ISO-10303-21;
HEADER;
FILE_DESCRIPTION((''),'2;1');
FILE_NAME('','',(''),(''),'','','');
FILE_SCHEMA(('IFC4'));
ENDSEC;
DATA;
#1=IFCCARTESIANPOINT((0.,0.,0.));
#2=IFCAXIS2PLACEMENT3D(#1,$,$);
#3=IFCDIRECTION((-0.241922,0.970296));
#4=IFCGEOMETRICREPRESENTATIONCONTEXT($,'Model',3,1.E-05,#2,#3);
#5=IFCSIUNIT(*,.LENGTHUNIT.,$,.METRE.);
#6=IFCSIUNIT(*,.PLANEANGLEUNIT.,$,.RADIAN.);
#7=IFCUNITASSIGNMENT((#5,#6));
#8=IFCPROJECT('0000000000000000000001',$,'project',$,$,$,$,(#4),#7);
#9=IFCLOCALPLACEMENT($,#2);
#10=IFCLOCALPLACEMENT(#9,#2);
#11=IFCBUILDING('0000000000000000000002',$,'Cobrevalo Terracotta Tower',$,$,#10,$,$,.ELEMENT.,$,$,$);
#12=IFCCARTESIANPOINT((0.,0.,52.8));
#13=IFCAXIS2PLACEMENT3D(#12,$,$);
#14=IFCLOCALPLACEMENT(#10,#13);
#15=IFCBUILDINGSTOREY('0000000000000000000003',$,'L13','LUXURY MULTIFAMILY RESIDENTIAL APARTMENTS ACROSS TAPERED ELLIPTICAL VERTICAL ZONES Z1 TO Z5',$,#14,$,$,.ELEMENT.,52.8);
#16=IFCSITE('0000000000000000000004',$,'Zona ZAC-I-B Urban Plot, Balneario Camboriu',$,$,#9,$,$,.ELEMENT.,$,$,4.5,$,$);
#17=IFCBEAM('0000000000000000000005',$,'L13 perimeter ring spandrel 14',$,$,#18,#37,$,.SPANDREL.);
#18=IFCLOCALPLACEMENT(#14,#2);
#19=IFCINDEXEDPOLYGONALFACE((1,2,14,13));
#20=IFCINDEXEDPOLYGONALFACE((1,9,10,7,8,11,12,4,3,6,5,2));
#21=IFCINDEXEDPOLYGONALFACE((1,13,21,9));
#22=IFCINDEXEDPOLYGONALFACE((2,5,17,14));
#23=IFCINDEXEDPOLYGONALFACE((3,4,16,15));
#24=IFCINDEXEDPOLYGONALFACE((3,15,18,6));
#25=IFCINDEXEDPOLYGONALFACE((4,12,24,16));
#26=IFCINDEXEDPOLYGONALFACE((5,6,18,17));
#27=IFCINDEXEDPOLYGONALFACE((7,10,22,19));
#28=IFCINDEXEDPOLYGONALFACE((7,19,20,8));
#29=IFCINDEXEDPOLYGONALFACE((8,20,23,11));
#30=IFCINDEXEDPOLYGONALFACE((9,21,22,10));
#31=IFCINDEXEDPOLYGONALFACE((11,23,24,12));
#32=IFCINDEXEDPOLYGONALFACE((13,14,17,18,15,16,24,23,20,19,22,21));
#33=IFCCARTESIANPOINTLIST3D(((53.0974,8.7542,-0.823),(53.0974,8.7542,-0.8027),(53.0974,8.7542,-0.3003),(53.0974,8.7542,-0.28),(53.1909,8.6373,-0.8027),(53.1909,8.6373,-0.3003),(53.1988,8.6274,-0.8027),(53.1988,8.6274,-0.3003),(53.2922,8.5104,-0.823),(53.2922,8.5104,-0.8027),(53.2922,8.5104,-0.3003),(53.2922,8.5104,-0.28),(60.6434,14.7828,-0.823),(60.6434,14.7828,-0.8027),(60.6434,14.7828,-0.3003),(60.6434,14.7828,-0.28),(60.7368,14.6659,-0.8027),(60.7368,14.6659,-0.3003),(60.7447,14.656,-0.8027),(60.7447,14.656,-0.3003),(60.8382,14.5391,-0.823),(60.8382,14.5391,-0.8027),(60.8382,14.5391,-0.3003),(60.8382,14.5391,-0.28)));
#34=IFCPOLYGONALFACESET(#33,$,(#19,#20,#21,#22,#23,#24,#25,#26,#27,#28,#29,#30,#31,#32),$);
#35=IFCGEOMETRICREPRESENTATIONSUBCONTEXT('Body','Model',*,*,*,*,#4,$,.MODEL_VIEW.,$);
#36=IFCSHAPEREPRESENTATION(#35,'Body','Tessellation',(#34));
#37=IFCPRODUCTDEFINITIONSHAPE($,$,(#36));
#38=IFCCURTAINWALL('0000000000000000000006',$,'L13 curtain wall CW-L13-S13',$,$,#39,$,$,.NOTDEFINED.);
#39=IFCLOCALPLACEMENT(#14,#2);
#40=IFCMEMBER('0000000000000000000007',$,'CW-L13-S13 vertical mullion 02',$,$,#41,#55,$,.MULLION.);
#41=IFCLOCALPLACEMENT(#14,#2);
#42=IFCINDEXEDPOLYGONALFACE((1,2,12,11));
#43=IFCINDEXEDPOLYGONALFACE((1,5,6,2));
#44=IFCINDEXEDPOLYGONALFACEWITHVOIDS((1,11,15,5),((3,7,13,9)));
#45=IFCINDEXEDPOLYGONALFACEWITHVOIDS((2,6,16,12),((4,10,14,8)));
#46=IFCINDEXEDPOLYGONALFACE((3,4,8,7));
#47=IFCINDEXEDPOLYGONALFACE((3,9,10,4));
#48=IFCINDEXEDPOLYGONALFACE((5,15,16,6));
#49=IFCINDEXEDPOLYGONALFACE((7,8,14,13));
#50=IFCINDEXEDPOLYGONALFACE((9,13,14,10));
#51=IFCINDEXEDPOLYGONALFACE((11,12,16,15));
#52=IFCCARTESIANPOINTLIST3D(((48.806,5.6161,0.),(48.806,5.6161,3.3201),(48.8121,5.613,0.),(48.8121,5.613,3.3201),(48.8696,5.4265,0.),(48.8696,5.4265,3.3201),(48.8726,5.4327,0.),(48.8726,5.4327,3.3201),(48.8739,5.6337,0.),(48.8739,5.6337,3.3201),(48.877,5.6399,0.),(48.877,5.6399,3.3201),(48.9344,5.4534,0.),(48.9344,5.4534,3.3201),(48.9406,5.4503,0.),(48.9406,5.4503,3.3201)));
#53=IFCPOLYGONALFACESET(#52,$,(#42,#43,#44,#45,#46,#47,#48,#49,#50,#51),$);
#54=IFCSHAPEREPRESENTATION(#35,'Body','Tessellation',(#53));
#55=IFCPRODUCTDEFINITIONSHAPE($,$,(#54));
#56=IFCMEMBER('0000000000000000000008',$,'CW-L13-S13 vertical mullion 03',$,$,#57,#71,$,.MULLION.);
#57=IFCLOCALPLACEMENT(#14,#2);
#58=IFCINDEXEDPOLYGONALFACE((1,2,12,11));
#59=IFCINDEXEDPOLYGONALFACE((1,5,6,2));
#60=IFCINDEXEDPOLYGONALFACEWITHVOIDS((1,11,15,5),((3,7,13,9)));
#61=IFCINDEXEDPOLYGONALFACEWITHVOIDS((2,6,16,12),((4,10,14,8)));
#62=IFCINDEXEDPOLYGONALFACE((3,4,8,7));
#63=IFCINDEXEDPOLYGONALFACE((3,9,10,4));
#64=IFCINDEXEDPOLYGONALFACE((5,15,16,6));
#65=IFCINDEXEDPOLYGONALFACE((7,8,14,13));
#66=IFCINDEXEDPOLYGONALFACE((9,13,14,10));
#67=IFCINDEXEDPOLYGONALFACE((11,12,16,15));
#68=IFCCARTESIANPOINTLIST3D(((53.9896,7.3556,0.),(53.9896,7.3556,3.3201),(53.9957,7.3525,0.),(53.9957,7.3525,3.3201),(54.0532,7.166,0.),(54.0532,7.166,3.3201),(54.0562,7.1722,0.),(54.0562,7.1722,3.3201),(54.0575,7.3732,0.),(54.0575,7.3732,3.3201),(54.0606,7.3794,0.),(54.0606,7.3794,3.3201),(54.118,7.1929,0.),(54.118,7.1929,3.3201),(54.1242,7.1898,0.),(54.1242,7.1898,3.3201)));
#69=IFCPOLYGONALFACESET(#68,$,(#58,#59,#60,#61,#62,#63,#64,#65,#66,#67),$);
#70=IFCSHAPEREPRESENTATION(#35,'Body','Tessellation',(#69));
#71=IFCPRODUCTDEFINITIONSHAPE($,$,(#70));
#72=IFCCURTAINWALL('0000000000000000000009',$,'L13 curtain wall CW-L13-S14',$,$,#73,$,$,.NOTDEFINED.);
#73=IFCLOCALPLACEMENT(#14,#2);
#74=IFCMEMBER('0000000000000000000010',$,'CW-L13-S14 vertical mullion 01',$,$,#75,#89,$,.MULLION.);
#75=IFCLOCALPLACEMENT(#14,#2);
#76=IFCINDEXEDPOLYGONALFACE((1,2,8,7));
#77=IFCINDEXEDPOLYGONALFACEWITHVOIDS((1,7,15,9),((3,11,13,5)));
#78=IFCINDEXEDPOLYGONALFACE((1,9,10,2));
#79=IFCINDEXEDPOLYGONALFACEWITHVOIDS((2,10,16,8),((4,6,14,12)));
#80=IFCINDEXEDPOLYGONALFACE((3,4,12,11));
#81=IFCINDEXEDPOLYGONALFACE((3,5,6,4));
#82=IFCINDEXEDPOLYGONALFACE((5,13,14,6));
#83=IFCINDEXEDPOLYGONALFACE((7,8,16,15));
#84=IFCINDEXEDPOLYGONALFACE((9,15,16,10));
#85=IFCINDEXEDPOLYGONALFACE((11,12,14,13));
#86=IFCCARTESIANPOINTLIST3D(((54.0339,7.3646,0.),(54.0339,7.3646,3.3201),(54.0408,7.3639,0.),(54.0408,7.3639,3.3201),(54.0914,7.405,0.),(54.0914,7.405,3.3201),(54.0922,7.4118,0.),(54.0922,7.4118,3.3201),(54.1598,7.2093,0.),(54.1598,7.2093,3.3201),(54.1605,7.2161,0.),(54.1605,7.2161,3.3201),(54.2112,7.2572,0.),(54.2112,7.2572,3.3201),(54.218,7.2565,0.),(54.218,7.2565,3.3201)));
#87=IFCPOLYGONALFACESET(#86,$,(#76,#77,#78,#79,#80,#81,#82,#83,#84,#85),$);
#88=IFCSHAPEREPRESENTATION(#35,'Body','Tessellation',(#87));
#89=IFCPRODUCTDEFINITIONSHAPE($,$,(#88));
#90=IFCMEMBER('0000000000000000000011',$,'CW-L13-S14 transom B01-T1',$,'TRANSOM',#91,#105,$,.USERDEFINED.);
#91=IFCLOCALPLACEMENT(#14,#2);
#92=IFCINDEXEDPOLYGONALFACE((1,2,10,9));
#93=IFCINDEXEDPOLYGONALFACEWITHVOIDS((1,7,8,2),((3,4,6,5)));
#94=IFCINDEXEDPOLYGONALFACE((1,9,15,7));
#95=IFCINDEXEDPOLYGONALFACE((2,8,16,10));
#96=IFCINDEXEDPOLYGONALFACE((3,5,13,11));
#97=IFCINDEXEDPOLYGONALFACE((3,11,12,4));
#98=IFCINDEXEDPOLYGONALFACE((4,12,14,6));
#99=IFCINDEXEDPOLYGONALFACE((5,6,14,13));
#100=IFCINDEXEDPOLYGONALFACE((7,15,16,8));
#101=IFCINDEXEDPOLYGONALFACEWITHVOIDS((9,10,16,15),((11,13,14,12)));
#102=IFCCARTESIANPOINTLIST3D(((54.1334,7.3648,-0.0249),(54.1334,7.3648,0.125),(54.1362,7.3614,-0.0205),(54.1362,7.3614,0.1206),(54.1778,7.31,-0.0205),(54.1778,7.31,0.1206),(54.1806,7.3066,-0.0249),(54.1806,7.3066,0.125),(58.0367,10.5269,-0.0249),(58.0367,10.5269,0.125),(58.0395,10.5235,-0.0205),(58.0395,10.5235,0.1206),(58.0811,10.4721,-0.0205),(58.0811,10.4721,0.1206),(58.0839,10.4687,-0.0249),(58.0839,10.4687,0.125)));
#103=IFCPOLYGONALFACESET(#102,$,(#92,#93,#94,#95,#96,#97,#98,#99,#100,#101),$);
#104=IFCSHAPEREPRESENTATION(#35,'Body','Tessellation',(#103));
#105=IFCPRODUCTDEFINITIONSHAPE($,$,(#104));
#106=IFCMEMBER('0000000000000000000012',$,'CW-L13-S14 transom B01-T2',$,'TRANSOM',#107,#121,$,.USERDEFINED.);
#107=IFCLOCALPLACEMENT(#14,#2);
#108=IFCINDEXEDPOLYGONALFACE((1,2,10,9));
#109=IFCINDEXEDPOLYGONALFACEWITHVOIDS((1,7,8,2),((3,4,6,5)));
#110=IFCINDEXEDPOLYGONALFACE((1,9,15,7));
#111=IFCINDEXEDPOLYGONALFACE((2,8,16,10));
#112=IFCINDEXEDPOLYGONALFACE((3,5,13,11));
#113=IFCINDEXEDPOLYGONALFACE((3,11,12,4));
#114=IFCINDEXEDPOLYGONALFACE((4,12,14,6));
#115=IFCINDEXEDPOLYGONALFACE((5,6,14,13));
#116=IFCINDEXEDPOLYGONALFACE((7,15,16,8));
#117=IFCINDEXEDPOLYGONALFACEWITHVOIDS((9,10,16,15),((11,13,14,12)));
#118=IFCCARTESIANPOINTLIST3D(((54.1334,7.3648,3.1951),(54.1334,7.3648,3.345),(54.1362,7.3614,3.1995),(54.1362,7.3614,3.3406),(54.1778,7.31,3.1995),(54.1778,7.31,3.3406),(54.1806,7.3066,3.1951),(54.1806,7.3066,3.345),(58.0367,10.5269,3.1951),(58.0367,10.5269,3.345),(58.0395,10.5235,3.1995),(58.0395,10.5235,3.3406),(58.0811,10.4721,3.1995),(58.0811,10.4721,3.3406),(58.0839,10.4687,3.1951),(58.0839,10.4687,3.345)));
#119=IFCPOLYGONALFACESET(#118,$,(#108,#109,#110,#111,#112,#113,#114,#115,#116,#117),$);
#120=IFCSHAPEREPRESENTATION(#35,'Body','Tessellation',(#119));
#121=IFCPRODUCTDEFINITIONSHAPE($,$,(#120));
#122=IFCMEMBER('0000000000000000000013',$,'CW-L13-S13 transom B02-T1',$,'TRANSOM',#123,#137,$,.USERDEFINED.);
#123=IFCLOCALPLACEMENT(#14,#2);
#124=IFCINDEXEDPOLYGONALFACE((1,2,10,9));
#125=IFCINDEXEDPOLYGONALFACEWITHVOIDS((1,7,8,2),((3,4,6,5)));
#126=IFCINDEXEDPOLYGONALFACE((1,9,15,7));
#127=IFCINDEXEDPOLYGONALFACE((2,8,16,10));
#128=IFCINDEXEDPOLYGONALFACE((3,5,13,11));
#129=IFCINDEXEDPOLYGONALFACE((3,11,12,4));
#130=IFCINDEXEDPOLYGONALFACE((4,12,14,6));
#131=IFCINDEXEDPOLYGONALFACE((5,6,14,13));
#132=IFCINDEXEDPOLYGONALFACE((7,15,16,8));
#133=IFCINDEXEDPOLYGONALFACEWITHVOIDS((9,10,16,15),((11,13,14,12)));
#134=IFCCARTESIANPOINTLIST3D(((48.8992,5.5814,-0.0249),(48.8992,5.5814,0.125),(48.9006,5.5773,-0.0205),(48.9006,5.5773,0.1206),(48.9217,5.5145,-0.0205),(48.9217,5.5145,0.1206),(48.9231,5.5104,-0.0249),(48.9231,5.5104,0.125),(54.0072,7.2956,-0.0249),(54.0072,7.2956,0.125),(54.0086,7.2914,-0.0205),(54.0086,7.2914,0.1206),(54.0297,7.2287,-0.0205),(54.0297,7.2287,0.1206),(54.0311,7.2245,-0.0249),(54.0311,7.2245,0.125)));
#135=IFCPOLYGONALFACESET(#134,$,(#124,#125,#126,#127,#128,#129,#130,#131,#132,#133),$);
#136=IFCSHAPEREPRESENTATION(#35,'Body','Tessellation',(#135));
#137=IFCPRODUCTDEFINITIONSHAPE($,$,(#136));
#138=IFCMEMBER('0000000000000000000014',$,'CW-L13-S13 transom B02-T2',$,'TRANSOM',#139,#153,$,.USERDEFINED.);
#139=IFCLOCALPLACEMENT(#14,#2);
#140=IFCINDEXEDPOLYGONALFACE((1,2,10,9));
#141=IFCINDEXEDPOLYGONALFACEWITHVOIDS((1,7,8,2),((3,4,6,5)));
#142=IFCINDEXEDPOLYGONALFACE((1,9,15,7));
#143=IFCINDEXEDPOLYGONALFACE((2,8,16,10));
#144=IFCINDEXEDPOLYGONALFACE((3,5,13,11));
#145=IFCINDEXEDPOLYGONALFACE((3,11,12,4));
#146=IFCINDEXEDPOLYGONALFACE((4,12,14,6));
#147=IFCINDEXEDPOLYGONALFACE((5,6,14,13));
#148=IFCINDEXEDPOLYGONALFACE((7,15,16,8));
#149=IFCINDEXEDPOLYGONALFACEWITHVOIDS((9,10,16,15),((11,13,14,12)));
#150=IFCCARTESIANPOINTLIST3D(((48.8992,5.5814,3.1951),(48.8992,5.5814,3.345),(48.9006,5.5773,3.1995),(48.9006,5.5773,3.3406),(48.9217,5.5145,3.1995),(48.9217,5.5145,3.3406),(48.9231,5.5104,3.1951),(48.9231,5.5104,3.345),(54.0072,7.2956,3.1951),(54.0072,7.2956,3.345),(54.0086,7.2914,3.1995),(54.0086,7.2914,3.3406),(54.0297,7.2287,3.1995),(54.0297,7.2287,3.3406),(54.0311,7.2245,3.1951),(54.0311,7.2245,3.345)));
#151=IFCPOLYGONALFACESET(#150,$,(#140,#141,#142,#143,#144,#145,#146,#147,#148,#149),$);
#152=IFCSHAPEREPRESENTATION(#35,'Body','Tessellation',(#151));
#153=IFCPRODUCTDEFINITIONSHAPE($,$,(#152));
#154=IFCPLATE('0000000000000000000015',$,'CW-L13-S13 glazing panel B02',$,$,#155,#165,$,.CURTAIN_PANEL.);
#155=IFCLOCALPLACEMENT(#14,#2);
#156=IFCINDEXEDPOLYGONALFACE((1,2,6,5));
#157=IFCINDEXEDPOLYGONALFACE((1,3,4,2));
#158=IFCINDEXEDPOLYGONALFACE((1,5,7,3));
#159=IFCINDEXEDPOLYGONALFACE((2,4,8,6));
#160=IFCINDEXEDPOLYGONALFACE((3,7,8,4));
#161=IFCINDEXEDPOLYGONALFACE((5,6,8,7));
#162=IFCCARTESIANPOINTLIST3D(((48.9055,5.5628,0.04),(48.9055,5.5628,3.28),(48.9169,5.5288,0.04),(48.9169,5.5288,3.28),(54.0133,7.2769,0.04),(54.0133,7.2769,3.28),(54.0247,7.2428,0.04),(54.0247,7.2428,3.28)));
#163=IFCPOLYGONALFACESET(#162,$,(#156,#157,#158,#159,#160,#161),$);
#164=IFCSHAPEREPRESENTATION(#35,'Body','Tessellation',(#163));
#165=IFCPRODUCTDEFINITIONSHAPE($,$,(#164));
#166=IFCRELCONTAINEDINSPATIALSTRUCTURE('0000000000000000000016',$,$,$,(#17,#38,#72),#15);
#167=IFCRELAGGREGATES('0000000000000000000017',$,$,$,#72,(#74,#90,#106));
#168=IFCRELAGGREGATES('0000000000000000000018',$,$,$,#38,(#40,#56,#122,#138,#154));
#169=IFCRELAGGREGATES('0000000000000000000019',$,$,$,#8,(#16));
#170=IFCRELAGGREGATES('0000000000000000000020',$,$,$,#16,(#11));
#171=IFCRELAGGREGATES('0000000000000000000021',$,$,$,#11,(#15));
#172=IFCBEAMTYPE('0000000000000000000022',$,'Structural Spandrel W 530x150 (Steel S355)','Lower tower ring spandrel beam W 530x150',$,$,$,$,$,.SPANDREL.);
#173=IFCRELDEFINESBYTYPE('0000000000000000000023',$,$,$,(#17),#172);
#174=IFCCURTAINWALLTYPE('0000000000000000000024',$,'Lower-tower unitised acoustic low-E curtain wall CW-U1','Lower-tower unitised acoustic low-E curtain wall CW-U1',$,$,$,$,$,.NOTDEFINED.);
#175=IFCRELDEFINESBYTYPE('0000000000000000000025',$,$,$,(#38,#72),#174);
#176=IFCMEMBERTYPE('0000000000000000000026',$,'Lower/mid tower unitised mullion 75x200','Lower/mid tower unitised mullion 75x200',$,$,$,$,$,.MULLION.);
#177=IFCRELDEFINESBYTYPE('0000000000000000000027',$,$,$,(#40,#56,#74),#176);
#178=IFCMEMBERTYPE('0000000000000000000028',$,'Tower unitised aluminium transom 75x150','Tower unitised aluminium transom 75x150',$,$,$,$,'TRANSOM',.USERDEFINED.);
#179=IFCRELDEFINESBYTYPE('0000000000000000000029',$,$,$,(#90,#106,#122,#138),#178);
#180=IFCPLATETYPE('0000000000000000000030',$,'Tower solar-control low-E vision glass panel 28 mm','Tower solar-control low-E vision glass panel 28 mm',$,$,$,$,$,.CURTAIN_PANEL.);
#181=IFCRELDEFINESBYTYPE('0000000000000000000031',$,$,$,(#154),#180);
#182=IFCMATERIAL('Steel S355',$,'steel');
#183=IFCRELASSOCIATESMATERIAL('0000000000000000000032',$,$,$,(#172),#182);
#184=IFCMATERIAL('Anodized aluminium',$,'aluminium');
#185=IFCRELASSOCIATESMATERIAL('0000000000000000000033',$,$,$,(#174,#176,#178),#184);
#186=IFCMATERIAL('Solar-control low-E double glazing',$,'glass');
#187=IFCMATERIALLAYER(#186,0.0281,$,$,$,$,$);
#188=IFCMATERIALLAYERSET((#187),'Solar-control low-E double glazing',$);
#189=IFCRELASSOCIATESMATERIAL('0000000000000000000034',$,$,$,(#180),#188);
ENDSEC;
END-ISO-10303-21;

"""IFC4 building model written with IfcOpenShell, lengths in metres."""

from ifc_helpers import new_model, si_unit, direction, frame, origin, origin_2d, place, context, subcontext, project, spatial, rectangle, hollow_rectangle, i_section, extrude, source, transform, mapped, material, layer, layer_set, material_profile, profile_set, type_object, element, aggregate, save


model = new_model("IFC4")

# Units and contexts
model_context = context("Model", 3, precision=1e-05, world=origin(), true_north=direction((-0.241922, 0.970296)))
body_context = subcontext(model_context, "Body", "Model", "MODEL_VIEW")
ifc_project = project(units=[si_unit("LENGTHUNIT", "METRE"), si_unit("PLANEANGLEUNIT", "RADIAN")], contexts=[model_context])

# Site, building, storey
site_placement = place(None, origin())
site = spatial("IfcSite", under=ifc_project, at=site_placement, Name="Zona ZAC-I-B Urban Plot, Balneario Camboriu", CompositionType="ELEMENT", RefElevation=4.5)
building_placement = place(site_placement, origin())
building = spatial("IfcBuilding", under=site, at=building_placement, Name="Cobrevalo Terracotta Tower", CompositionType="ELEMENT")
storey_placement = place(building_placement, frame((0.0, 0.0, 52.8)))
storey = spatial("IfcBuildingStorey", under=building, at=storey_placement, Name="L13", Description="LUXURY MULTIFAMILY RESIDENTIAL APARTMENTS ACROSS TAPERED ELLIPTICAL VERTICAL ZONES Z1 TO Z5", CompositionType="ELEMENT", Elevation=52.8)

# Shared definitions
ifc_material_1 = material(Name="Steel S355", Category="steel")

# Beam
ifc_material_profile_1 = material_profile(ifc_material_1, i_section(OverallWidth=0.312, OverallDepth=0.543, WebThickness=0.0127, FlangeThickness=0.0203, at=origin_2d()), Name="W 530x150")
ifc_profile_set_1 = profile_set([ifc_material_profile_1], Name="Steel S355")
beam_type_1 = type_object("IfcBeamType", Name="Structural Spandrel W 530x150 (Steel S355)", Description="Lower tower ring spandrel beam W 530x150", PredefinedType="SPANDREL", material=ifc_profile_set_1)
beam_1_placement = place(storey_placement, frame((53.1948, 8.6323, -0.5515), z_axis=(0.78128, 0.62418, 0.0), x_axis=(-0.62418, 0.78128, 0.0)))
element("IfcBeam", 1, at=beam_1_placement, inside=storey, type_object=beam_type_1, Name="L13 perimeter ring spandrel 14", PredefinedType="SPANDREL", context=body_context, shape_type="SweptSolid", body=[
    extrude(i_section(OverallWidth=0.312, OverallDepth=0.543, WebThickness=0.0127, FlangeThickness=0.0203, at=origin_2d()), origin(), (0.0, 0.0, 1.0), 9.6584),
])

# Curtain walls, members
ifc_material_2 = material(Name="Anodized aluminium", Category="aluminium")
curtain_wall_type = type_object("IfcCurtainWallType", Name="Lower-tower unitised acoustic low-E curtain wall CW-U1", Description="Lower-tower unitised acoustic low-E curtain wall CW-U1", PredefinedType="NOTDEFINED", material=ifc_material_2)
curtain_wall_1_placement = place(storey_placement, origin())
curtain_wall_1 = element("IfcCurtainWall", 2, at=curtain_wall_1_placement, inside=storey, type_object=curtain_wall_type, Name="L13 curtain wall CW-L13-S13", PredefinedType="NOTDEFINED")
ifc_material_profile_2 = material_profile(ifc_material_2, hollow_rectangle(XDim=0.075, YDim=0.2, WallThickness=0.0049, at=origin_2d()), Name="CWM 75x200")
ifc_profile_set_2 = profile_set([ifc_material_profile_2], Name="Anodized aluminium")
member_type_1 = type_object("IfcMemberType", Name="Lower/mid tower unitised mullion 75x200", Description="Lower/mid tower unitised mullion 75x200", PredefinedType="MULLION", material=ifc_profile_set_2)
shared_shape_1 = source(origin(), body_context, "Body", "SweptSolid", [
    extrude(hollow_rectangle(XDim=0.075, YDim=0.2, WallThickness=0.0049, at=origin_2d()), origin(), (0.0, 0.0, 1.0), 3.3201),
])
member_1_placement = place(storey_placement, frame((48.8733, 5.5332, 0.0), z_axis=(0.0, 0.0, 1.0), x_axis=(0.948046, 0.318132, 0.0)))
member_1 = element("IfcMember", 3, at=member_1_placement, type_object=member_type_1, Name="CW-L13-S13 vertical mullion 02", PredefinedType="MULLION", context=body_context, shape_type="MappedRepresentation", body=[
    mapped(shared_shape_1, transform((0.0, 0.0, 0.0), scale=1.0)),
])
member_2_placement = place(storey_placement, frame((54.0569, 7.2727, 0.0), z_axis=(0.0, 0.0, 1.0), x_axis=(0.948046, 0.318132, 0.0)))
member_2 = element("IfcMember", 4, at=member_2_placement, type_object=member_type_1, Name="CW-L13-S13 vertical mullion 03", PredefinedType="MULLION", context=body_context, shape_type="MappedRepresentation", body=[
    mapped(shared_shape_1, transform((0.0, 0.0, 0.0), scale=1.0)),
])
curtain_wall_2_placement = place(storey_placement, origin())
curtain_wall_2 = element("IfcCurtainWall", 5, at=curtain_wall_2_placement, inside=storey, type_object=curtain_wall_type, Name="L13 curtain wall CW-L13-S14", PredefinedType="NOTDEFINED")
member_3_placement = place(storey_placement, frame((54.126, 7.3105, 0.0), z_axis=(0.0, 0.0, 1.0), x_axis=(0.777003, 0.629497, 0.0)))
member_3 = element("IfcMember", 6, at=member_3_placement, type_object=member_type_1, Name="CW-L13-S14 vertical mullion 01", PredefinedType="MULLION", context=body_context, shape_type="MappedRepresentation", body=[
    mapped(shared_shape_1, transform((0.0, 0.0, 0.0), scale=1.0)),
])
ifc_material_profile_3 = material_profile(ifc_material_2, hollow_rectangle(XDim=0.075, YDim=0.1499, WallThickness=0.0044, at=origin_2d()), Name="CWT 75x150")
ifc_profile_set_3 = profile_set([ifc_material_profile_3], Name="Anodized aluminium")
member_type_2 = type_object("IfcMemberType", Name="Tower unitised aluminium transom 75x150", Description="Tower unitised aluminium transom 75x150", ElementType="TRANSOM", PredefinedType="USERDEFINED", material=ifc_profile_set_3)
shared_shape_2 = source(origin(), body_context, "Body", "SweptSolid", [
    extrude(hollow_rectangle(XDim=0.075, YDim=0.1499, WallThickness=0.0044, at=origin_2d()), origin(), (0.0, 0.0, 1.0), 5.0234),
])
member_4_placement = place(storey_placement, frame((54.157, 7.3357, 0.05), z_axis=(0.777023, 0.629472, 0.0), x_axis=(-0.629472, 0.777023, 0.0)))
member_4 = element("IfcMember", 7, at=member_4_placement, type_object=member_type_2, Name="CW-L13-S14 transom B01-T1", ObjectType="TRANSOM", PredefinedType="USERDEFINED", context=body_context, shape_type="MappedRepresentation", body=[
    mapped(shared_shape_2, transform((0.0, 0.0, 0.0), scale=1.0)),
])
member_5_placement = place(storey_placement, frame((54.157, 7.3357, 3.27), z_axis=(0.777023, 0.629472, 0.0), x_axis=(-0.629472, 0.777023, 0.0)))
member_5 = element("IfcMember", 8, at=member_5_placement, type_object=member_type_2, Name="CW-L13-S14 transom B01-T2", ObjectType="TRANSOM", PredefinedType="USERDEFINED", context=body_context, shape_type="MappedRepresentation", body=[
    mapped(shared_shape_2, transform((0.0, 0.0, 0.0), scale=1.0)),
])
aggregate(curtain_wall_2, [member_3, member_4, member_5])

# Members
shared_shape_3 = source(origin(), body_context, "Body", "SweptSolid", [
    extrude(hollow_rectangle(XDim=0.075, YDim=0.1499, WallThickness=0.0044, at=origin_2d()), origin(), (0.0, 0.0, 1.0), 5.3879),
])
member_6_placement = place(storey_placement, frame((48.9111, 5.5459, 0.05), z_axis=(0.948042, 0.318144, 0.0), x_axis=(-0.318144, 0.948042, 0.0)))
member_6 = element("IfcMember", 9, at=member_6_placement, type_object=member_type_2, Name="CW-L13-S13 transom B02-T1", ObjectType="TRANSOM", PredefinedType="USERDEFINED", context=body_context, shape_type="MappedRepresentation", body=[
    mapped(shared_shape_3, transform((0.0, 0.0, 0.0), scale=1.0)),
])
member_7_placement = place(storey_placement, frame((48.9111, 5.5459, 3.27), z_axis=(0.948042, 0.318144, 0.0), x_axis=(-0.318144, 0.948042, 0.0)))
member_7 = element("IfcMember", 10, at=member_7_placement, type_object=member_type_2, Name="CW-L13-S13 transom B02-T2", ObjectType="TRANSOM", PredefinedType="USERDEFINED", context=body_context, shape_type="MappedRepresentation", body=[
    mapped(shared_shape_3, transform((0.0, 0.0, 0.0), scale=1.0)),
])

# Plate
ifc_material_3 = material(Name="Solar-control low-E double glazing", Category="glass")
ifc_layer_1 = layer(ifc_material_3, 0.0281)
ifc_layer_set_1 = layer_set([ifc_layer_1], Name="Solar-control low-E double glazing")
plate_type = type_object("IfcPlateType", Name="Tower solar-control low-E vision glass panel 28 mm", Description="Tower solar-control low-E vision glass panel 28 mm", PredefinedType="CURTAIN_PANEL", material=ifc_layer_set_1)
shared_shape_4 = source(origin(), body_context, "Body", "SweptSolid", [
    extrude(rectangle(XDim=5.3877, YDim=0.0359, at=origin_2d()), origin(), (0.0, 0.0, 1.0), 3.24),
])
plate_placement = place(storey_placement, frame((51.4651, 6.4028, 0.04), z_axis=(0.0, 0.0, 1.0), x_axis=(0.948044, 0.318139, 0.0)))
plate = element("IfcPlate", 11, at=plate_placement, type_object=plate_type, Name="CW-L13-S13 glazing panel B02", PredefinedType="CURTAIN_PANEL", context=body_context, shape_type="MappedRepresentation", body=[
    mapped(shared_shape_4, transform((0.0, 0.0, 0.0), scale=1.0)),
])
aggregate(curtain_wall_1, [member_1, member_2, member_6, member_7, plate])

save(model, "model.ifc")
